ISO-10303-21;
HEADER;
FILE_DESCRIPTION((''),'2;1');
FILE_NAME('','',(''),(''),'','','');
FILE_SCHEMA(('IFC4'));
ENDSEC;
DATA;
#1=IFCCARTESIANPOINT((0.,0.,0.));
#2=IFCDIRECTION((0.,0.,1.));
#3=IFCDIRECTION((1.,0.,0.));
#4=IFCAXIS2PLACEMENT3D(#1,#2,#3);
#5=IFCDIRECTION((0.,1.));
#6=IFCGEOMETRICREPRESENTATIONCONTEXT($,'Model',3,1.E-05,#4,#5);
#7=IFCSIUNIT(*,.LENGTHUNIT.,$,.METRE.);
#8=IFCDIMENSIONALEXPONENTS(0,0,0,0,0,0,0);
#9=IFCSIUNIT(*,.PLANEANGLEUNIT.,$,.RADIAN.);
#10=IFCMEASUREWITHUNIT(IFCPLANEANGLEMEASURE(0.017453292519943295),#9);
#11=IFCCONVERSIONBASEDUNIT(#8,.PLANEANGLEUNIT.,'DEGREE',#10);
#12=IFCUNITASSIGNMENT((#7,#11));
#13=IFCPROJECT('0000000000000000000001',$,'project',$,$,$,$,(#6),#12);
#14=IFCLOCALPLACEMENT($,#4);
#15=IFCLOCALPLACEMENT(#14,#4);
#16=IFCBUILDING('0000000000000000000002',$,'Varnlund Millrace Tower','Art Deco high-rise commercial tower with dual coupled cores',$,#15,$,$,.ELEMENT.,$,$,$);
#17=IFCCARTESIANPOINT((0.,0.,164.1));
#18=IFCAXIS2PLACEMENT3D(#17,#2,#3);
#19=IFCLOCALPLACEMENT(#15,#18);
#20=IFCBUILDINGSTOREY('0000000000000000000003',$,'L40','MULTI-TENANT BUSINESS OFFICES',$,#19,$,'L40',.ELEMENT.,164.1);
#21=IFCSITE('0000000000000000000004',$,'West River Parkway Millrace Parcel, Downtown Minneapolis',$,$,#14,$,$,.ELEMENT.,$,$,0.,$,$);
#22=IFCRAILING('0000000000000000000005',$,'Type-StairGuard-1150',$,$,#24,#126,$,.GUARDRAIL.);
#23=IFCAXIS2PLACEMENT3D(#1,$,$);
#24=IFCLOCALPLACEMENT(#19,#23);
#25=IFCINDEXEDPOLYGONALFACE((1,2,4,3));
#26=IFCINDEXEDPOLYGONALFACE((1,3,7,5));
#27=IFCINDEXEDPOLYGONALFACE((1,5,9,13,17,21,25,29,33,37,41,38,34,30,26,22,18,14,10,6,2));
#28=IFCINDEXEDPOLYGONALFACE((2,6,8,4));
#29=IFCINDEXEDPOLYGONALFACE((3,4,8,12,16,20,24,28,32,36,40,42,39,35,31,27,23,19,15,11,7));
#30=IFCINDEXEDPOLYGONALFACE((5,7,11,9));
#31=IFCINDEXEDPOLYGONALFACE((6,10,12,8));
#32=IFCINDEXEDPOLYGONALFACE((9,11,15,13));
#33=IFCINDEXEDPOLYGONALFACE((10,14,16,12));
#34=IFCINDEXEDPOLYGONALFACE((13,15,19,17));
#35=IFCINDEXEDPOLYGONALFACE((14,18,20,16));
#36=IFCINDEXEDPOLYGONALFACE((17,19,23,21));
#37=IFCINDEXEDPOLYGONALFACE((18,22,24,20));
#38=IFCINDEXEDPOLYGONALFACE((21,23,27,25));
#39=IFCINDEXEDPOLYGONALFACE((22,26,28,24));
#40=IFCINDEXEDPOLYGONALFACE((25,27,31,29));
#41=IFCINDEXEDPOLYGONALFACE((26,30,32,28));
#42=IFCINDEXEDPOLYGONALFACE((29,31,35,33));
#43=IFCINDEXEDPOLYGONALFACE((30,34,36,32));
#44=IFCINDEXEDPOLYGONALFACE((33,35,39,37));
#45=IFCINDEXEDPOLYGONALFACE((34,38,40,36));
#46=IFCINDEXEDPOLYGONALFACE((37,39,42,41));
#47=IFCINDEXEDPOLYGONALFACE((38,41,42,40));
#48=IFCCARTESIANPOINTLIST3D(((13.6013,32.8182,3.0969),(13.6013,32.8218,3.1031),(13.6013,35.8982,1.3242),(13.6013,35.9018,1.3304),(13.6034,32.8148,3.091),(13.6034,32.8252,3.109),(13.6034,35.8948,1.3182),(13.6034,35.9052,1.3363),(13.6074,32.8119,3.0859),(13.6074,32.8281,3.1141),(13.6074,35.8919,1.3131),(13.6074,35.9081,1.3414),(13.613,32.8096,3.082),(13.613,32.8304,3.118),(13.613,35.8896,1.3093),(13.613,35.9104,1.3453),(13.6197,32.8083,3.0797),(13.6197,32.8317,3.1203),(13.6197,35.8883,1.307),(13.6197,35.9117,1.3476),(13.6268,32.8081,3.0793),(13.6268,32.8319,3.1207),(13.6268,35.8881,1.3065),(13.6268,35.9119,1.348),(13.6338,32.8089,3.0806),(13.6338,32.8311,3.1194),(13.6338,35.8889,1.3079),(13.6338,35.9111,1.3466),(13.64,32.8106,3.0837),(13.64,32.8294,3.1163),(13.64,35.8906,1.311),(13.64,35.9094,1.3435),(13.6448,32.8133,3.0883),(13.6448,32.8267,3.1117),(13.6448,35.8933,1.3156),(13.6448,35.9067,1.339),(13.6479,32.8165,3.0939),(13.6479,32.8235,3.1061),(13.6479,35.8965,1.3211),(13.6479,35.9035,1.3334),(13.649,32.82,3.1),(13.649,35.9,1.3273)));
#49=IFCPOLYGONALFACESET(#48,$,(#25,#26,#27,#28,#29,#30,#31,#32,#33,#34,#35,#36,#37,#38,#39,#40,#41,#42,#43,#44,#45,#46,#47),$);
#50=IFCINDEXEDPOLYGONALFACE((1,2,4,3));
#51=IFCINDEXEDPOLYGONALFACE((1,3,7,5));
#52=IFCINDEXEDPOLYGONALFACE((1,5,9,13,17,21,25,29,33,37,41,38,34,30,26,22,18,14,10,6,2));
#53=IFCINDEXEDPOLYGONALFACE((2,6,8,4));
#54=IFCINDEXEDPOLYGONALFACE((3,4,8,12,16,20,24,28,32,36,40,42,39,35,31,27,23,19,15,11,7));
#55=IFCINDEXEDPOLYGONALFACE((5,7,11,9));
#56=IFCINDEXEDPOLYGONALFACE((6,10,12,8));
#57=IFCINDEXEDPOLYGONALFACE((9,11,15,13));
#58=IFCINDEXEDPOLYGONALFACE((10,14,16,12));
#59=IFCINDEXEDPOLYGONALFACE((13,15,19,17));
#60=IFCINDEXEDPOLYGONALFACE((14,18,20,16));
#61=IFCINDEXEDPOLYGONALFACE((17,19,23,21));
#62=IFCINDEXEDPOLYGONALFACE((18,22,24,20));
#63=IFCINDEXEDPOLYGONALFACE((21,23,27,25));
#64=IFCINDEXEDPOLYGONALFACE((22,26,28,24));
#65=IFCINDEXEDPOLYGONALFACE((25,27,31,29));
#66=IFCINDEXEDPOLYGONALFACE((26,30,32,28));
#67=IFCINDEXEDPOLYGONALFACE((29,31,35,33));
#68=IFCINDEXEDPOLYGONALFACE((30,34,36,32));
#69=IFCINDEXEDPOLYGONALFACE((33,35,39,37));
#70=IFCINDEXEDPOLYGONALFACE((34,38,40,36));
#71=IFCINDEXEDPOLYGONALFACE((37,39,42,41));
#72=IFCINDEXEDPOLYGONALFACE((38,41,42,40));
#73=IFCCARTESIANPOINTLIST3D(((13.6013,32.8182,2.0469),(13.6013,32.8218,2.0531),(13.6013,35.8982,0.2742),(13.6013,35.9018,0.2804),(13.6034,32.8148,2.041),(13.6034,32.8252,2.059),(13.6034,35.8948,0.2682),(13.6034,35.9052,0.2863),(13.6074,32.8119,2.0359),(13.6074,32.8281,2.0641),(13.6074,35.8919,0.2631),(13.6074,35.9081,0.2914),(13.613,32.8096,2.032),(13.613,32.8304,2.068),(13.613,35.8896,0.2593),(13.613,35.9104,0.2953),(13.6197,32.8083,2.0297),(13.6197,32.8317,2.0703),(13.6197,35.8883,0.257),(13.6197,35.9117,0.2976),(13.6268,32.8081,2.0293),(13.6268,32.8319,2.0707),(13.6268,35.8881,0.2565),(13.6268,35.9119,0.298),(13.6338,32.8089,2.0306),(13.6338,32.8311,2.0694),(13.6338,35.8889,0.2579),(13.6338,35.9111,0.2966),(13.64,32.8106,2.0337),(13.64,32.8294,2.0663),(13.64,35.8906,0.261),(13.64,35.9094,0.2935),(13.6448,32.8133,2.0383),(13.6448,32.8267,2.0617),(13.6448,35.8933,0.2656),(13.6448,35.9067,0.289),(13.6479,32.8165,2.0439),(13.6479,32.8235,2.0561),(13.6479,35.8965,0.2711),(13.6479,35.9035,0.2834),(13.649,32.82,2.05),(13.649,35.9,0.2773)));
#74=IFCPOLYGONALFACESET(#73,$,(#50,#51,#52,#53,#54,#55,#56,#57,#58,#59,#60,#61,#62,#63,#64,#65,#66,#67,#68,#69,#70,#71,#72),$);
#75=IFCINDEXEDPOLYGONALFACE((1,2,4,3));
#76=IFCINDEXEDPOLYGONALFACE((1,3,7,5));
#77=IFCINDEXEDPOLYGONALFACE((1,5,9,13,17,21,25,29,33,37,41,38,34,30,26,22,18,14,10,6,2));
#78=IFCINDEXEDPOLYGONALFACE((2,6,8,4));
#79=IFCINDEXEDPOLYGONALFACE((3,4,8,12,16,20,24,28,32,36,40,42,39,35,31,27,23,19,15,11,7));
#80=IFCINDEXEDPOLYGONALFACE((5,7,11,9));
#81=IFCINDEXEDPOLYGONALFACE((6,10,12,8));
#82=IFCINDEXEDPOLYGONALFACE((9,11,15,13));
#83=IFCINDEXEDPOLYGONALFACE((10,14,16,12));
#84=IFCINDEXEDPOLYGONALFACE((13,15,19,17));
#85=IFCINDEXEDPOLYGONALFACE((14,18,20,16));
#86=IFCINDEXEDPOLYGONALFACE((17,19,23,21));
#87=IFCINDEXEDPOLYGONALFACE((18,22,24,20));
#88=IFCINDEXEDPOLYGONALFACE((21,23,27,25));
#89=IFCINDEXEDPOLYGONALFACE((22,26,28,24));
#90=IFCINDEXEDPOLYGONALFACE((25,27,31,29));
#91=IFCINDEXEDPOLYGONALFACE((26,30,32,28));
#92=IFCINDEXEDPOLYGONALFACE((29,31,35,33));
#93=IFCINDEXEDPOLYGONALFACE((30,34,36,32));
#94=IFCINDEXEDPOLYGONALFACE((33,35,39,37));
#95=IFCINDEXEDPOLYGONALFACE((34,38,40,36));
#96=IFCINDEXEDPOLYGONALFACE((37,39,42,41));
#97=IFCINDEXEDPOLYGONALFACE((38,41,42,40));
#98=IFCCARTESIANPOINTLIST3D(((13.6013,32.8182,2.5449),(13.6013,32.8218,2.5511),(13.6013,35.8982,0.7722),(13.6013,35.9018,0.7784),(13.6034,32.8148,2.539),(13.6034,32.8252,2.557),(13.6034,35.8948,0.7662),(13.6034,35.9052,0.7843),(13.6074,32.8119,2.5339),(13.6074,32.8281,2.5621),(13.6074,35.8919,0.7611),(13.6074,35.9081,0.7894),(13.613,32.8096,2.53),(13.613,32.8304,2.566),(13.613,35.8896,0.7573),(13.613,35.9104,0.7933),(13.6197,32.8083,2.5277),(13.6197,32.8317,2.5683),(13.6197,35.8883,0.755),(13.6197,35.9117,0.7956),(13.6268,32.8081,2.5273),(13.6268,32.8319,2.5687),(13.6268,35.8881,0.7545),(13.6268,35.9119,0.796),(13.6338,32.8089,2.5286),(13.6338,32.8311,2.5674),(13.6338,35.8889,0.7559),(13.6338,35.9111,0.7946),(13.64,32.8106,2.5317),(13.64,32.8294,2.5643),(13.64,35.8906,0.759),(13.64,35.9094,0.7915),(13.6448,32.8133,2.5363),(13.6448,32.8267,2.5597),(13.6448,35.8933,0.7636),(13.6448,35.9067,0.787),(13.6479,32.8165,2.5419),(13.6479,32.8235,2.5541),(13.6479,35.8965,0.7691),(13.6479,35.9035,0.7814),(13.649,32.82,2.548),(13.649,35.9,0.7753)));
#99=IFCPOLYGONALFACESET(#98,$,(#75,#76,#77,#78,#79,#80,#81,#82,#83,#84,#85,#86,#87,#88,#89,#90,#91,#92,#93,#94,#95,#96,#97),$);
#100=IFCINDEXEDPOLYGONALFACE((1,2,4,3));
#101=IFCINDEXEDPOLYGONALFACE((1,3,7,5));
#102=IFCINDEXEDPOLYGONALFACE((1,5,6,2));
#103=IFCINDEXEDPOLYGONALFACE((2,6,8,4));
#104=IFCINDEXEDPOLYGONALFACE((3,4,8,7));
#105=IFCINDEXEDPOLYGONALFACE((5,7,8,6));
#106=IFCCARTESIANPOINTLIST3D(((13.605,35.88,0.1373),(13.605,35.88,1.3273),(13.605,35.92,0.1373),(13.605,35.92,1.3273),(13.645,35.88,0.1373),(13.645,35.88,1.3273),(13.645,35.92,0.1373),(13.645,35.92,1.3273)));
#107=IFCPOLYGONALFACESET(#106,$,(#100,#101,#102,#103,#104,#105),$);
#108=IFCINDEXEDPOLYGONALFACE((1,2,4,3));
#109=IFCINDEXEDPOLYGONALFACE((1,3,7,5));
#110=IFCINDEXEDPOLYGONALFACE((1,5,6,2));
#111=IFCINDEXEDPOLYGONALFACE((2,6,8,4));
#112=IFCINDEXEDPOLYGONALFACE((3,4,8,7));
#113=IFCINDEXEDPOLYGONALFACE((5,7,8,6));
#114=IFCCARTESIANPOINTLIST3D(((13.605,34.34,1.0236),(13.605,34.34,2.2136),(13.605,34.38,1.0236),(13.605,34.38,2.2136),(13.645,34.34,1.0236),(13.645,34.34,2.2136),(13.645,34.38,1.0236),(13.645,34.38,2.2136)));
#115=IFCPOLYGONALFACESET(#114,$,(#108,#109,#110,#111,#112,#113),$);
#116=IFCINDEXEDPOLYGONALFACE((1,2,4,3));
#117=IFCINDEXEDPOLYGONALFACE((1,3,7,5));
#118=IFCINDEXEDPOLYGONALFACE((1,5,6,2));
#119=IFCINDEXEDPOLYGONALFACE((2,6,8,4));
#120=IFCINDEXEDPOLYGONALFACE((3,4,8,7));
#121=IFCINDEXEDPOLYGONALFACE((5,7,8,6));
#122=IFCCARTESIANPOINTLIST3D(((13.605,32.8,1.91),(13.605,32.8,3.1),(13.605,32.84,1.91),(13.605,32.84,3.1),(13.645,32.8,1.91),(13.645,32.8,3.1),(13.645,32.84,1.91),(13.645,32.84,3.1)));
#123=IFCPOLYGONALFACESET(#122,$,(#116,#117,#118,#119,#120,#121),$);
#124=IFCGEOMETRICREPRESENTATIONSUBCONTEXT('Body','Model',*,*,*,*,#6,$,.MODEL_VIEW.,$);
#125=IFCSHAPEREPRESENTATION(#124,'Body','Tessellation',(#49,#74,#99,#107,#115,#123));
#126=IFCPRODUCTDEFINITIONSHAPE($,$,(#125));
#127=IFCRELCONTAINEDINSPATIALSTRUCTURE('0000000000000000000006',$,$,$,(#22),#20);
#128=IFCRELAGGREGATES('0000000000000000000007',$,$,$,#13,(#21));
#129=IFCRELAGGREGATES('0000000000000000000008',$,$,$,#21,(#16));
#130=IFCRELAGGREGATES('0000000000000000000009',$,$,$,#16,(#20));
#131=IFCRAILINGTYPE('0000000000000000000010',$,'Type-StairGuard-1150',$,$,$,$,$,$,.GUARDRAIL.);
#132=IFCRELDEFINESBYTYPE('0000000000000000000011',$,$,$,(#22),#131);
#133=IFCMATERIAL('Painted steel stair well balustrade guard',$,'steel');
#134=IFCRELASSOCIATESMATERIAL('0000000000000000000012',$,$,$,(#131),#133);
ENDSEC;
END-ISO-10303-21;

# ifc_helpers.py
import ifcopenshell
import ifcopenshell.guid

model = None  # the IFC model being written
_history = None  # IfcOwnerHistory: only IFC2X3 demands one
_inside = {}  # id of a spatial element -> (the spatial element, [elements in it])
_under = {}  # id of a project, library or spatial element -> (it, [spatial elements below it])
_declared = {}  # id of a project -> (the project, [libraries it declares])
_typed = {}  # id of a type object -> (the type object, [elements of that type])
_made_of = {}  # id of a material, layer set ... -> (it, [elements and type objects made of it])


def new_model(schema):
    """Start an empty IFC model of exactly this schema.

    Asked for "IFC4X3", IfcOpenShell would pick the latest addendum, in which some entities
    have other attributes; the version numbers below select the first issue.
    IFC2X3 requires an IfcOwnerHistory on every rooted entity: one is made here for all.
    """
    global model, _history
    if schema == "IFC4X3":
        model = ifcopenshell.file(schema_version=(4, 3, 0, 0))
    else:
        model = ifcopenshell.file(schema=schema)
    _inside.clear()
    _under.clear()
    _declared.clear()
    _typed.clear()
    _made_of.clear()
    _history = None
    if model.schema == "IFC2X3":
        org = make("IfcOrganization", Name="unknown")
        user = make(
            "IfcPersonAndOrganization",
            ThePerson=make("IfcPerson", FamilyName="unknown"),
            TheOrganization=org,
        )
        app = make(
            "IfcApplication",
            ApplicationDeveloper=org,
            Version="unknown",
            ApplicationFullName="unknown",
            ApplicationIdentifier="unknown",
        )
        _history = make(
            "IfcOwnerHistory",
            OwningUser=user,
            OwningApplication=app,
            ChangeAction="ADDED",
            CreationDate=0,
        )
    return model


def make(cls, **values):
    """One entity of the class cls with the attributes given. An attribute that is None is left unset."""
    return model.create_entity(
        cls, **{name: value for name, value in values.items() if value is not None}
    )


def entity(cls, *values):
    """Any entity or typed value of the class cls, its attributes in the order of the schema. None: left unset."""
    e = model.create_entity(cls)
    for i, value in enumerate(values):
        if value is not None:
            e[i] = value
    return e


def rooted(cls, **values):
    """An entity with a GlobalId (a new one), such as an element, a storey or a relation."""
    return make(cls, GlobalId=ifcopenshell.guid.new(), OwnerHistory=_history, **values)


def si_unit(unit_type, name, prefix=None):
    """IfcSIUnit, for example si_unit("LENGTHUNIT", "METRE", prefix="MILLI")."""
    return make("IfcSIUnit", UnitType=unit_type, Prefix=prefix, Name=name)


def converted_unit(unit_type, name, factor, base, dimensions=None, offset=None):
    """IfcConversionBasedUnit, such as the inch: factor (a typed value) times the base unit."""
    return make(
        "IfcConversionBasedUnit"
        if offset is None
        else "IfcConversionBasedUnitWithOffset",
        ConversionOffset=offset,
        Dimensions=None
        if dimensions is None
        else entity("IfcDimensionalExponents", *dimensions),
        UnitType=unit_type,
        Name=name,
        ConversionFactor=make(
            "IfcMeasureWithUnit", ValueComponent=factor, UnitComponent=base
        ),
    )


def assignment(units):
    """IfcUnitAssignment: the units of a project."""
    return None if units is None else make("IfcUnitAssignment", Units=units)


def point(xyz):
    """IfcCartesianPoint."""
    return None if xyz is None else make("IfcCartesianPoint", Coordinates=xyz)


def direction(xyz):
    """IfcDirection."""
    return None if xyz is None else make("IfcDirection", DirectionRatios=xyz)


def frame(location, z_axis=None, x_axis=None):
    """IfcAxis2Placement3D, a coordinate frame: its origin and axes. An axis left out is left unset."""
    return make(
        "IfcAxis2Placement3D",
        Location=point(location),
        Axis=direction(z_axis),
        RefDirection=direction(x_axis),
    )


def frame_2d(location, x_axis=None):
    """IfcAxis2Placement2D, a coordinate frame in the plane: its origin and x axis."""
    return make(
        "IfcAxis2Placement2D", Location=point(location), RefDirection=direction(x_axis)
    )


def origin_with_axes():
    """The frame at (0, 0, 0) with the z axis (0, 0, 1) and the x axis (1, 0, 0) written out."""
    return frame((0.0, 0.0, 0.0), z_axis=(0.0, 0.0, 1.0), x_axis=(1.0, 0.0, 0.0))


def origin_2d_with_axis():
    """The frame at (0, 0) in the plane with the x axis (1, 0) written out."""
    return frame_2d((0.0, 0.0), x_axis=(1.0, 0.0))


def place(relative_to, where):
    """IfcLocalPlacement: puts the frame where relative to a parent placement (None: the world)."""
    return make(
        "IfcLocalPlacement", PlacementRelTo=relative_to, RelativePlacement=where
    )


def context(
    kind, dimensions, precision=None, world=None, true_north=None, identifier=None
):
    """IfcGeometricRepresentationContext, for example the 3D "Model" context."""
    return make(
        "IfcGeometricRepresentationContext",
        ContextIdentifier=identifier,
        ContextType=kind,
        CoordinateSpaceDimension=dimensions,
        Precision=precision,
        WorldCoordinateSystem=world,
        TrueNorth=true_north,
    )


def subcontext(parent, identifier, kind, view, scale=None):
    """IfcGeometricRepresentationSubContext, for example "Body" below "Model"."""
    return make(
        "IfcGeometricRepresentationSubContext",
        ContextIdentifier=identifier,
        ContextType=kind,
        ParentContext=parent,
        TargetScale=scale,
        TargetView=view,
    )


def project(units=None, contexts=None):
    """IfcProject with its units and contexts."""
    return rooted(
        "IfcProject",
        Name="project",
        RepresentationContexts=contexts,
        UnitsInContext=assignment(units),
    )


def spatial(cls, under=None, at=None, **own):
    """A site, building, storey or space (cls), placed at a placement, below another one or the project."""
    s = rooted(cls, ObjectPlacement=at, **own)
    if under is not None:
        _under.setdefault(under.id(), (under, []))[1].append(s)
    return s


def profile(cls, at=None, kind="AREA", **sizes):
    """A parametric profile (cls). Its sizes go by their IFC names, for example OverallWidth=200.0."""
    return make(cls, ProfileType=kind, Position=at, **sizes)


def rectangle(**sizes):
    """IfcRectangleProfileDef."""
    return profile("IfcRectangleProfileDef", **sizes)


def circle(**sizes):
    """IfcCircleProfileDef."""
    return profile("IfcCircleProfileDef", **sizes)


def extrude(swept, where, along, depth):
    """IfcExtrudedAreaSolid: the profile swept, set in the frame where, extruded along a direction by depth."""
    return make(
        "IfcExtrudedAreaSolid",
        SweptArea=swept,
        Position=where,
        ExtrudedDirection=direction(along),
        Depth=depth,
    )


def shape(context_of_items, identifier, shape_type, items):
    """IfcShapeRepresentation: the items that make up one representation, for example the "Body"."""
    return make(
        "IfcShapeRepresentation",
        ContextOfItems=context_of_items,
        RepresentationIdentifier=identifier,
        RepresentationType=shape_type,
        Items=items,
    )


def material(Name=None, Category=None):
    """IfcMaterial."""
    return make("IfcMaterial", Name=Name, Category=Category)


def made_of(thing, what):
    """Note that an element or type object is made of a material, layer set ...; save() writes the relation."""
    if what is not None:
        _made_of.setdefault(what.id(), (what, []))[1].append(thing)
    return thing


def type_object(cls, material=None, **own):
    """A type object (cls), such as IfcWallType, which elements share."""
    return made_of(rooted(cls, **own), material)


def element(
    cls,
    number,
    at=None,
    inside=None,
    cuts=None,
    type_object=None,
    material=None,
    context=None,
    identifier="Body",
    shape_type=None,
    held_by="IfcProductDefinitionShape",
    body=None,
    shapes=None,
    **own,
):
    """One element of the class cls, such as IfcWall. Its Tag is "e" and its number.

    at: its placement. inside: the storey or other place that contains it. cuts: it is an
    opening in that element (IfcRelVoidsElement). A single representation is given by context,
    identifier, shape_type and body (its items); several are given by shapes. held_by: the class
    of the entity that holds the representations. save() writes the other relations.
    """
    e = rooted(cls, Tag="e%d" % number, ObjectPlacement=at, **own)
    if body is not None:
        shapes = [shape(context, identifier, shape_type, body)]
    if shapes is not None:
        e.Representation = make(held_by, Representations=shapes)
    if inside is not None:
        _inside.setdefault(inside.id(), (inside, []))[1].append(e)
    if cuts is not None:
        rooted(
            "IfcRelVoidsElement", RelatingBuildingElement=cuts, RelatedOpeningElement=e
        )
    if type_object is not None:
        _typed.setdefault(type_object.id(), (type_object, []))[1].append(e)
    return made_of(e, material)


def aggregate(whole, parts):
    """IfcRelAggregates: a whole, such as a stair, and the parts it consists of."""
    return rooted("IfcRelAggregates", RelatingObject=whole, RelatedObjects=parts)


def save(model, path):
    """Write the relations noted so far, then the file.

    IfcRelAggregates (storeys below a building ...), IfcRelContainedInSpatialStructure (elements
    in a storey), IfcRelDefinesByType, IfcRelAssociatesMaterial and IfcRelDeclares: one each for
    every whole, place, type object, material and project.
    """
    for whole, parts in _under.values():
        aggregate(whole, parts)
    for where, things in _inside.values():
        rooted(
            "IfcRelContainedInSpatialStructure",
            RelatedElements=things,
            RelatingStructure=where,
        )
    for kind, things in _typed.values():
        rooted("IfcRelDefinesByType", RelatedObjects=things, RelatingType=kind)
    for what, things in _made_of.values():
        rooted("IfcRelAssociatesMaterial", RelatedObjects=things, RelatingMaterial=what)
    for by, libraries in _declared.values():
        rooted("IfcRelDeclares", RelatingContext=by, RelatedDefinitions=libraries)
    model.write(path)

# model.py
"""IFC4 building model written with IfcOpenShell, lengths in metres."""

from ifc_helpers import new_model, entity, si_unit, converted_unit, direction, frame, origin_with_axes, origin_2d_with_axis, place, context, subcontext, project, spatial, rectangle, circle, extrude, material, type_object, element, save


model = new_model("IFC4")

# Units and contexts
model_context = context("Model", 3, precision=1e-05, world=origin_with_axes(), true_north=direction((0.0, 1.0)))
body_context = subcontext(model_context, "Body", "Model", "MODEL_VIEW")
ifc_project = project(units=[si_unit("LENGTHUNIT", "METRE"), converted_unit("PLANEANGLEUNIT", "DEGREE", entity("IfcPlaneAngleMeasure", 0.017453292519943295), si_unit("PLANEANGLEUNIT", "RADIAN"), dimensions=[0, 0, 0, 0, 0, 0, 0])], contexts=[model_context])

# Site, building, storey
site_placement = place(None, origin_with_axes())
site = spatial("IfcSite", under=ifc_project, at=site_placement, Name="West River Parkway Millrace Parcel, Downtown Minneapolis", CompositionType="ELEMENT", RefElevation=0.0)
building_placement = place(site_placement, origin_with_axes())
building = spatial("IfcBuilding", under=site, at=building_placement, Name="Varnlund Millrace Tower", Description="Art Deco high-rise commercial tower with dual coupled cores", CompositionType="ELEMENT")
storey_placement = place(building_placement, frame((0.0, 0.0, 164.1), z_axis=(0.0, 0.0, 1.0), x_axis=(1.0, 0.0, 0.0)))
storey = spatial("IfcBuildingStorey", under=building, at=storey_placement, Name="L40", Description="MULTI-TENANT BUSINESS OFFICES", LongName="L40", CompositionType="ELEMENT", Elevation=164.1)

# Railing
ifc_material_1 = material(Name="Painted steel stair well balustrade guard", Category="steel")
railing_type_1 = type_object("IfcRailingType", Name="Type-StairGuard-1150", PredefinedType="GUARDRAIL", material=ifc_material_1)
railing_1_placement = place(storey_placement, frame((0.0, 0.0, -164.1), z_axis=(0.0, 0.0, 1.0), x_axis=(1.0, 0.0, 0.0)))
element("IfcRailing", 1, at=railing_1_placement, inside=storey, type_object=railing_type_1, Name="Type-StairGuard-1150", PredefinedType="GUARDRAIL", context=body_context, shape_type="SweptSolid", body=[
    extrude(circle(Radius=0.024, at=origin_2d_with_axis()), frame((13.625, 35.9, 165.4273), z_axis=(0.0, -0.866696, 0.498836), x_axis=(1.0, 0.0, 0.0)), (0.0, 0.0, 1.0), 3.5537),
    extrude(circle(Radius=0.024, at=origin_2d_with_axis()), frame((13.625, 35.9, 164.3773), z_axis=(0.0, -0.866696, 0.498836), x_axis=(1.0, 0.0, 0.0)), (0.0, 0.0, 1.0), 3.5537),
    extrude(circle(Radius=0.024, at=origin_2d_with_axis()), frame((13.625, 35.9, 164.8753), z_axis=(0.0, -0.866696, 0.498836), x_axis=(1.0, 0.0, 0.0)), (0.0, 0.0, 1.0), 3.5537),
    extrude(rectangle(XDim=0.04, YDim=0.04, at=origin_2d_with_axis()), frame((13.625, 35.9, 164.2373), z_axis=(0.0, 0.0, 1.0), x_axis=(1.0, 0.0, 0.0)), (0.0, 0.0, 1.0), 1.19),
    extrude(rectangle(XDim=0.04, YDim=0.04, at=origin_2d_with_axis()), frame((13.625, 34.36, 165.1236), z_axis=(0.0, 0.0, 1.0), x_axis=(1.0, 0.0, 0.0)), (0.0, 0.0, 1.0), 1.19),
    extrude(rectangle(XDim=0.04, YDim=0.04, at=origin_2d_with_axis()), frame((13.625, 32.82, 166.01), z_axis=(0.0, 0.0, 1.0), x_axis=(1.0, 0.0, 0.0)), (0.0, 0.0, 1.0), 1.19),
])

save(model, "model.ifc")
